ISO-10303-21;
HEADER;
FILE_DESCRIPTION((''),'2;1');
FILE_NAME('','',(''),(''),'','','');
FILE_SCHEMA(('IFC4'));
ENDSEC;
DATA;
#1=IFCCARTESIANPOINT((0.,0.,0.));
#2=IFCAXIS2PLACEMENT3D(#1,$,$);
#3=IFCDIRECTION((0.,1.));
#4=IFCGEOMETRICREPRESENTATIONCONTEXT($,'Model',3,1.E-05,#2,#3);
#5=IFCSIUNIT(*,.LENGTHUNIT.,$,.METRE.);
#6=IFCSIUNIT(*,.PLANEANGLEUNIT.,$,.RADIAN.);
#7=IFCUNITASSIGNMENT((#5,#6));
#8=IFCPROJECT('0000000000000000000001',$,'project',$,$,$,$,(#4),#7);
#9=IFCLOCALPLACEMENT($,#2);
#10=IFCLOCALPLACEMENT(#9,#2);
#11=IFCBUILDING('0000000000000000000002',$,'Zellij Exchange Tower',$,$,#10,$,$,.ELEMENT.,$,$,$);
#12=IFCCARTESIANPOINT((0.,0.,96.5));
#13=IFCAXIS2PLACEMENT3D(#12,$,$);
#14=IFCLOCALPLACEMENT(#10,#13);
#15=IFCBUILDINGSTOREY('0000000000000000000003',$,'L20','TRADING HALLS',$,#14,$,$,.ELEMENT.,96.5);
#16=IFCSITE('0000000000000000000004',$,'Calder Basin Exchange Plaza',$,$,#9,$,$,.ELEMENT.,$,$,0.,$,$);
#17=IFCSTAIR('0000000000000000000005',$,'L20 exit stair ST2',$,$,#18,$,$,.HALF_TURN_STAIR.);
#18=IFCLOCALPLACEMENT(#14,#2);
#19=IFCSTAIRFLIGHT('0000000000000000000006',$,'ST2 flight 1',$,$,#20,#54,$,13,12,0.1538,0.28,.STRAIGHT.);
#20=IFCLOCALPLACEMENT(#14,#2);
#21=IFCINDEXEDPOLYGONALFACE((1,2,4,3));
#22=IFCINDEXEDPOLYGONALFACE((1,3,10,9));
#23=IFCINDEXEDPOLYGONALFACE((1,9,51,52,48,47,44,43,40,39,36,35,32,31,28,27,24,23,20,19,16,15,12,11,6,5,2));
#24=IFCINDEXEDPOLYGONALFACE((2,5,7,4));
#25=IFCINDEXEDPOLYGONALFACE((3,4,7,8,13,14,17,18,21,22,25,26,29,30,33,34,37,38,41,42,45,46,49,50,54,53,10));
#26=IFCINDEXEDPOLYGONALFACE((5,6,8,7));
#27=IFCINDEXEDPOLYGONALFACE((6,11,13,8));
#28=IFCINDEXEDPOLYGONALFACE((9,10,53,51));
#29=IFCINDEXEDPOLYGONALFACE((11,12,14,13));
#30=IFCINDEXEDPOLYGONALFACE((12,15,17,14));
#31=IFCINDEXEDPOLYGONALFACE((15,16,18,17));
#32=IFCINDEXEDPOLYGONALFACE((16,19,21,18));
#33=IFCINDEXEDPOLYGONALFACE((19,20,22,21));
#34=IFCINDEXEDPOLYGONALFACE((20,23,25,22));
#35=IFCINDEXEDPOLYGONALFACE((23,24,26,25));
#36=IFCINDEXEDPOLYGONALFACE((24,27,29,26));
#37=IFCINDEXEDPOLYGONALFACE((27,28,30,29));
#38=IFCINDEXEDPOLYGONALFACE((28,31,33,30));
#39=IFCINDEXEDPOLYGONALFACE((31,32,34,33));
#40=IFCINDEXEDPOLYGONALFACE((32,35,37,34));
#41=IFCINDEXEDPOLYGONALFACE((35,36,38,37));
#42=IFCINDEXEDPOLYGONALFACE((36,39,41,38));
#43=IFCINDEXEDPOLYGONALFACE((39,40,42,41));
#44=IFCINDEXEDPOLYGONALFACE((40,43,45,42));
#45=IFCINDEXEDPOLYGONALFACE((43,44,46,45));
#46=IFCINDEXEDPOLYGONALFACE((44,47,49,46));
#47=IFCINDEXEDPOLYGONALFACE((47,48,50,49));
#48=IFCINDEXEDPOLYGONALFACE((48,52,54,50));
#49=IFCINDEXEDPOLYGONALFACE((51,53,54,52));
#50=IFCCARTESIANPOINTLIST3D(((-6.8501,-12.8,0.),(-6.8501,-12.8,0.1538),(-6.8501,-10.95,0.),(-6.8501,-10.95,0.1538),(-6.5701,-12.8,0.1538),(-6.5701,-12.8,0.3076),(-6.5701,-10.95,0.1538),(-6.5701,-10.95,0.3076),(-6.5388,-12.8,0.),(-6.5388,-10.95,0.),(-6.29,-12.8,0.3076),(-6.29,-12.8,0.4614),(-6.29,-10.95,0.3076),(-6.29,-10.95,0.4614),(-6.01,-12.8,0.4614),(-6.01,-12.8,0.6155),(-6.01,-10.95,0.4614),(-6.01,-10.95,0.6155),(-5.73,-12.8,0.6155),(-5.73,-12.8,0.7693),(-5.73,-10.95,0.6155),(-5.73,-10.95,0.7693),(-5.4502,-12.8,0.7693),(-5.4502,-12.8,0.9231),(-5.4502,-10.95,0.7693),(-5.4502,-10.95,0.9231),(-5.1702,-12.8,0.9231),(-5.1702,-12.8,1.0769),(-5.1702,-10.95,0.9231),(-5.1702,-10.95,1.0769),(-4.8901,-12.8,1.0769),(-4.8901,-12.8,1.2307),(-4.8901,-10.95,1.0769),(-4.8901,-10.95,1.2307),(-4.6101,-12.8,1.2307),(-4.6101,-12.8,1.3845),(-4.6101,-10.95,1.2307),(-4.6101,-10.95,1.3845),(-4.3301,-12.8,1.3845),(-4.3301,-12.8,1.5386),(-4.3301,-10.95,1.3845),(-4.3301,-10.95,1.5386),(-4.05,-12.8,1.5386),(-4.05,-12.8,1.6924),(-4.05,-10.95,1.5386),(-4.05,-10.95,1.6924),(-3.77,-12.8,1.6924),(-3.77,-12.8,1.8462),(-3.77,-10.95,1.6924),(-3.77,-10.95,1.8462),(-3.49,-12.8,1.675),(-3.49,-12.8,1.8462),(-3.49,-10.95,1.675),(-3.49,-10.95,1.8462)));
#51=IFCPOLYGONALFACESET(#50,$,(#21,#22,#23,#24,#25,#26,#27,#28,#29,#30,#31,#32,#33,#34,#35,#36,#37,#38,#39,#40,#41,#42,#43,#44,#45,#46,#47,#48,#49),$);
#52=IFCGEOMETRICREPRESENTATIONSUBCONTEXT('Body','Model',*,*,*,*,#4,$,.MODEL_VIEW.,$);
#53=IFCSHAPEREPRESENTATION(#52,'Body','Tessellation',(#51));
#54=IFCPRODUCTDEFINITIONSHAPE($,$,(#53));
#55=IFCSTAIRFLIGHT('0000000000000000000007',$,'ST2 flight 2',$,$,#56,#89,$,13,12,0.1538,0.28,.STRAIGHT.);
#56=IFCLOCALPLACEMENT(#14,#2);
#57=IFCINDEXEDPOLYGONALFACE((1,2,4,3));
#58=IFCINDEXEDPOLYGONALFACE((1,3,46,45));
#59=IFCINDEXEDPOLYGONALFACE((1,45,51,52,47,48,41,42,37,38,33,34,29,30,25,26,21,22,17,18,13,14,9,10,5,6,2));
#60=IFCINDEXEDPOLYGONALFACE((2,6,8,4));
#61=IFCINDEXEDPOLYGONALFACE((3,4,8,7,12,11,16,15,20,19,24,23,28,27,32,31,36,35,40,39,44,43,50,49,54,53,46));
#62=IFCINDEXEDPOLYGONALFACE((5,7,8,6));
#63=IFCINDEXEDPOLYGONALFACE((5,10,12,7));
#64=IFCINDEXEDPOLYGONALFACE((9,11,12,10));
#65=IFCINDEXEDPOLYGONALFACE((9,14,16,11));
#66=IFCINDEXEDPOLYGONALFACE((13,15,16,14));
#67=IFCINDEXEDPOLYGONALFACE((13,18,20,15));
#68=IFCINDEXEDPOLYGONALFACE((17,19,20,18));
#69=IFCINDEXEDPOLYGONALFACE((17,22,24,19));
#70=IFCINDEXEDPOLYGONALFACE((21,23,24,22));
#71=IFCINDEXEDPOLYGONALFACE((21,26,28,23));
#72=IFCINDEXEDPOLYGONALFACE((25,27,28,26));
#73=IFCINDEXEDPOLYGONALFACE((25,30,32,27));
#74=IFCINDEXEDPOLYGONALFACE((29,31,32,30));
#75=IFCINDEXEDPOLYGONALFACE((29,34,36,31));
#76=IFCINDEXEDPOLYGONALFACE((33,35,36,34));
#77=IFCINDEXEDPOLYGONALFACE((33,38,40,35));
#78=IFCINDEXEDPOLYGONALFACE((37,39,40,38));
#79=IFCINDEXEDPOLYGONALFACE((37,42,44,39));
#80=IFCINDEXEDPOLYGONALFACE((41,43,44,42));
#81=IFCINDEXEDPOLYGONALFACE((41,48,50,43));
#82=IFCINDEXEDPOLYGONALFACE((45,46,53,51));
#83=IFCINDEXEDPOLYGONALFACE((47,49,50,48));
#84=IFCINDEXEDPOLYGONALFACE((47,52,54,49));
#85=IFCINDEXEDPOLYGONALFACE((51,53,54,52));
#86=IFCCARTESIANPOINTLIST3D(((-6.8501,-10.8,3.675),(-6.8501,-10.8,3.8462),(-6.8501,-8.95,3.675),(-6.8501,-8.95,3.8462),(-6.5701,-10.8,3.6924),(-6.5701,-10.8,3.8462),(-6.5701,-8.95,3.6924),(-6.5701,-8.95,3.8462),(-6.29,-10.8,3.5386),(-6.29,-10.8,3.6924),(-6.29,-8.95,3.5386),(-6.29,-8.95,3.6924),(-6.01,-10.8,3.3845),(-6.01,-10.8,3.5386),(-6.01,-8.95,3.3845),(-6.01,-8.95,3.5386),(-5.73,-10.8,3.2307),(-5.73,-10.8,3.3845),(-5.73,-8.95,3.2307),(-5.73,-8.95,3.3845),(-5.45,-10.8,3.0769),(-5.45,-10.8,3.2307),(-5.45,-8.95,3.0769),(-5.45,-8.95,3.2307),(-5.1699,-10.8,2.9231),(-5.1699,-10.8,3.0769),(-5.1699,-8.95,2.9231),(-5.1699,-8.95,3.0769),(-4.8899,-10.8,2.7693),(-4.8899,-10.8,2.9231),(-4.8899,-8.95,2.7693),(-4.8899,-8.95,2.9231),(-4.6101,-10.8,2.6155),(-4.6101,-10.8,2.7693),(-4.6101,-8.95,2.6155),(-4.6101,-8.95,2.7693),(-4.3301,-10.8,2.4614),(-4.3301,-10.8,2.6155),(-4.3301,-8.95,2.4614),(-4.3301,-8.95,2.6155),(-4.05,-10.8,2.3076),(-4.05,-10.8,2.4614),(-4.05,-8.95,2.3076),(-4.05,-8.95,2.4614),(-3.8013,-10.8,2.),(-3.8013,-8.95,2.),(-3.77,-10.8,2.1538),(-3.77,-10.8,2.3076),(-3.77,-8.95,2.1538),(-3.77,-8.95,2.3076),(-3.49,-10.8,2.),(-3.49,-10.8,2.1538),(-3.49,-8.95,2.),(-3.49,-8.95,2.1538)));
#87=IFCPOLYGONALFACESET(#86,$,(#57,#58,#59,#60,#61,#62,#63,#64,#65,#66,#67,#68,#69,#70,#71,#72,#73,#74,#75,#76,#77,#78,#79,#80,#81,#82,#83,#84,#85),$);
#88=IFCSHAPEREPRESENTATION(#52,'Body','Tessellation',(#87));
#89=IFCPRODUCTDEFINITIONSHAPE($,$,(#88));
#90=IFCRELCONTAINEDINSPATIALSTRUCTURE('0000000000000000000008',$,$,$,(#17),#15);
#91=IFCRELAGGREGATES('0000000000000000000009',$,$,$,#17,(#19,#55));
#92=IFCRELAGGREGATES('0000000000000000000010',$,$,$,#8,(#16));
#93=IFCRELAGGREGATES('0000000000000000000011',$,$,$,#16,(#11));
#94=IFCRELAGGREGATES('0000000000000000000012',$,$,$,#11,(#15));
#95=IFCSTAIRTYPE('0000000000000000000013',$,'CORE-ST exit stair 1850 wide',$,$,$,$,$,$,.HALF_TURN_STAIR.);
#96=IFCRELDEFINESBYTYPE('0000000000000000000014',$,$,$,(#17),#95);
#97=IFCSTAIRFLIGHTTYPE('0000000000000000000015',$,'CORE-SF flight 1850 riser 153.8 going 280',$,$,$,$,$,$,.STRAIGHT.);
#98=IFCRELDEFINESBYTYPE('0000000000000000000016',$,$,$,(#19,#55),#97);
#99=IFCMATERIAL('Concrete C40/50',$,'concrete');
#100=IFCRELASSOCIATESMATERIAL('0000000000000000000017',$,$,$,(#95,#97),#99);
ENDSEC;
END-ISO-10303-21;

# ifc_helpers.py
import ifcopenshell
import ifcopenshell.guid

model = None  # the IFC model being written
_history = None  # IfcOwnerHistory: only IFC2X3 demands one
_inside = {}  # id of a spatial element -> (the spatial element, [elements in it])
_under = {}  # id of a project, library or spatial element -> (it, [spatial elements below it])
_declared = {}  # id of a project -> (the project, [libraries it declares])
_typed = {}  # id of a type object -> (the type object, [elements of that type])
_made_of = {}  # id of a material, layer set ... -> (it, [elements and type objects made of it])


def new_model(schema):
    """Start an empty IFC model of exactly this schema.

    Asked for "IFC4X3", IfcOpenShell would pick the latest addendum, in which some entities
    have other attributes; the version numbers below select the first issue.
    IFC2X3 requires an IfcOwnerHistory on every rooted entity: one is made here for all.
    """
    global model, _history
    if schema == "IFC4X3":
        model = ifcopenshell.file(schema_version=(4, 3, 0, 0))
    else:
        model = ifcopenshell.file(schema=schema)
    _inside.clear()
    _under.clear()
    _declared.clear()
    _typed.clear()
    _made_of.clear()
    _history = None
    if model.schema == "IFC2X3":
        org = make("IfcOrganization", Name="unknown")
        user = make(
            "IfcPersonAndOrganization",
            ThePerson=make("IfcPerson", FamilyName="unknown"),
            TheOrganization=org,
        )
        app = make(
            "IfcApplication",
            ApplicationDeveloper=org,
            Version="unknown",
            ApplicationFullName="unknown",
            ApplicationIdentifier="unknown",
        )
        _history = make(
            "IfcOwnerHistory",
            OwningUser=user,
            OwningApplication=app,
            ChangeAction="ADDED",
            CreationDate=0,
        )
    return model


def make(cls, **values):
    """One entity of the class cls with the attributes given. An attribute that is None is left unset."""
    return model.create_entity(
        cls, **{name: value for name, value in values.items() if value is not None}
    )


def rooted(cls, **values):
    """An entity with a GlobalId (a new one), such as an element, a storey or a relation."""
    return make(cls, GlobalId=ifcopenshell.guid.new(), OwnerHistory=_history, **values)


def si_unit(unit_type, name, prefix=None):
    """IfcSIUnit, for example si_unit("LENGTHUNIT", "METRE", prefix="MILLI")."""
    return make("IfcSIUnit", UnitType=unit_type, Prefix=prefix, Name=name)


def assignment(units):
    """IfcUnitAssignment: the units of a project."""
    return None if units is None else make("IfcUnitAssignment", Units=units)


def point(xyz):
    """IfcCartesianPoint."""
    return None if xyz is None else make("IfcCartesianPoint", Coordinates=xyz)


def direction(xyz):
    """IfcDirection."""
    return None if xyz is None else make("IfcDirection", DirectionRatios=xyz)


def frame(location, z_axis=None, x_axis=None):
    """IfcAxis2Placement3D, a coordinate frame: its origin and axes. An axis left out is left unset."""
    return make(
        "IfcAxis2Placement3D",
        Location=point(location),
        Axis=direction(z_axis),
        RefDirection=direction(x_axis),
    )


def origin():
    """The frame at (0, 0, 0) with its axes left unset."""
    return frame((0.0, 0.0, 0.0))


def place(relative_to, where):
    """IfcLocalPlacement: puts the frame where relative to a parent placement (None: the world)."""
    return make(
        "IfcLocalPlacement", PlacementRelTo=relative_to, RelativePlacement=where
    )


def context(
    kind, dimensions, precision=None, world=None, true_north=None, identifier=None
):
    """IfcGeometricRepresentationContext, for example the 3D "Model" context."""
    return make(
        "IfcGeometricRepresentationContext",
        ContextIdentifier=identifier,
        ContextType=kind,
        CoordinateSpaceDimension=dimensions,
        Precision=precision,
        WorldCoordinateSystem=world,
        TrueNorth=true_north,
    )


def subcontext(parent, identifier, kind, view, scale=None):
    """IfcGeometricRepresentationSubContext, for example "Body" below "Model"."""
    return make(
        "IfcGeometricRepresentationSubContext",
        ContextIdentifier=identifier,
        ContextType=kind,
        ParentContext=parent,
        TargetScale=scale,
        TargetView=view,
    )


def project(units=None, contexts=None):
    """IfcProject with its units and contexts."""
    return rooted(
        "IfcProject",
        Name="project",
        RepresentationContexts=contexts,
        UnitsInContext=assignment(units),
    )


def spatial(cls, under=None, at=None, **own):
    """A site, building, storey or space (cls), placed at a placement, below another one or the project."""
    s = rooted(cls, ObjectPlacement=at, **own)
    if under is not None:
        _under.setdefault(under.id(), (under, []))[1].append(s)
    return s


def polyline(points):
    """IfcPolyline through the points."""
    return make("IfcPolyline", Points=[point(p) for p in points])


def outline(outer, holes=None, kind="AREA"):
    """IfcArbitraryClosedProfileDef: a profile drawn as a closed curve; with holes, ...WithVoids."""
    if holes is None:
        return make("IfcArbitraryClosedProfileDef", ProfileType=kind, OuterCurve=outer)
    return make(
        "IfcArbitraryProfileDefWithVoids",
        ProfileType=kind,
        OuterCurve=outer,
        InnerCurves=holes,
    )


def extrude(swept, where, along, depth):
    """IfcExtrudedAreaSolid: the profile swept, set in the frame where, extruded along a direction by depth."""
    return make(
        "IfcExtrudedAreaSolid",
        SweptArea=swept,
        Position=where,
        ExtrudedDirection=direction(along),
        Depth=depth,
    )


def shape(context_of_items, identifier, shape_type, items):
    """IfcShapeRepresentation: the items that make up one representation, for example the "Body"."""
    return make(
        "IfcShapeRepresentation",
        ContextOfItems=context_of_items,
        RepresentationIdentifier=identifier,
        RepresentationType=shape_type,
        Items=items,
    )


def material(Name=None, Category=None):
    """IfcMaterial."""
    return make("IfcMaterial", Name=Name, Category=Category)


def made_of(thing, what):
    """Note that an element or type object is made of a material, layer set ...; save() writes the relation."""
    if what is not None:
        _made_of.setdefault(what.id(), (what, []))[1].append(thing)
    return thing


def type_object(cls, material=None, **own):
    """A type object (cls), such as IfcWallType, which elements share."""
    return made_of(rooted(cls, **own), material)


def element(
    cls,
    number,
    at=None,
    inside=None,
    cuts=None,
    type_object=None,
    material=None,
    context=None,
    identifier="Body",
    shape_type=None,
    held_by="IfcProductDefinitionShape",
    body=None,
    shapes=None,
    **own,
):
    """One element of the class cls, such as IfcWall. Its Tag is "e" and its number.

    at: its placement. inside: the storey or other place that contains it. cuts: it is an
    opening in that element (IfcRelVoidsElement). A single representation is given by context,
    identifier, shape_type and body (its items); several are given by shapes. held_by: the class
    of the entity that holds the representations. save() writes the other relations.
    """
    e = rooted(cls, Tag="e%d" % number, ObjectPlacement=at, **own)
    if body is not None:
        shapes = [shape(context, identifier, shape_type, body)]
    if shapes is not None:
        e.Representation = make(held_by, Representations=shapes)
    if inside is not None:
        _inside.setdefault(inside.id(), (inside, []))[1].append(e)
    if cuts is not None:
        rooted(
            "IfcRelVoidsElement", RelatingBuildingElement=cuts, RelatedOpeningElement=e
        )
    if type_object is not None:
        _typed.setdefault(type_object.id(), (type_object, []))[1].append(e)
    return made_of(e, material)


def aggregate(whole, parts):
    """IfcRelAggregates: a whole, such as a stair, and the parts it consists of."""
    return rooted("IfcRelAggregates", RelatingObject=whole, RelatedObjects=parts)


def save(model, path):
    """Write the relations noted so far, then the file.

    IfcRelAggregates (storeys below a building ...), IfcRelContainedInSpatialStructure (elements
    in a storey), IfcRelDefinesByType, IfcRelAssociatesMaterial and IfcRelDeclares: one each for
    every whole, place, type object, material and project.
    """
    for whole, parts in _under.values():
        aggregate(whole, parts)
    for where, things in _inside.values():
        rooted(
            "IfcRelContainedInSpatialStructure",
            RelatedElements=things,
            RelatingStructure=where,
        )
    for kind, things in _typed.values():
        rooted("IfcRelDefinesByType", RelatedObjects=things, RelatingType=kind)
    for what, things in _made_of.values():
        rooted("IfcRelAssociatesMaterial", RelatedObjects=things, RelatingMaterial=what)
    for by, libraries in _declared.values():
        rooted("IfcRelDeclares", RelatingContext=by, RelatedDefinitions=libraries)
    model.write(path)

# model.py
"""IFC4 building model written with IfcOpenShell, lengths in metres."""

from ifc_helpers import new_model, si_unit, direction, frame, origin, place, context, subcontext, project, spatial, polyline, outline, extrude, material, type_object, element, aggregate, save


model = new_model("IFC4")

# Units and contexts
model_context = context("Model", 3, precision=1e-05, world=origin(), true_north=direction((0.0, 1.0)))
body_context = subcontext(model_context, "Body", "Model", "MODEL_VIEW")
ifc_project = project(units=[si_unit("LENGTHUNIT", "METRE"), si_unit("PLANEANGLEUNIT", "RADIAN")], contexts=[model_context])

# Site, building, storey
site_placement = place(None, origin())
site = spatial("IfcSite", under=ifc_project, at=site_placement, Name="Calder Basin Exchange Plaza", CompositionType="ELEMENT", RefElevation=0.0)
building_placement = place(site_placement, origin())
building = spatial("IfcBuilding", under=site, at=building_placement, Name="Zellij Exchange Tower", CompositionType="ELEMENT")
storey_placement = place(building_placement, frame((0.0, 0.0, 96.5)))
storey = spatial("IfcBuildingStorey", under=building, at=storey_placement, Name="L20", Description="TRADING HALLS", CompositionType="ELEMENT", Elevation=96.5)

# Stair, stair flights
ifc_material_1 = material(Name="Concrete C40/50", Category="concrete")
stair_type = type_object("IfcStairType", Name="CORE-ST exit stair 1850 wide", PredefinedType="HALF_TURN_STAIR", material=ifc_material_1)
stair_placement = place(storey_placement, origin())
stair = element("IfcStair", 1, at=stair_placement, inside=storey, type_object=stair_type, Name="L20 exit stair ST2", PredefinedType="HALF_TURN_STAIR")
stair_flight_type = type_object("IfcStairFlightType", Name="CORE-SF flight 1850 riser 153.8 going 280", PredefinedType="STRAIGHT", material=ifc_material_1)
stair_flight_1_placement = place(storey_placement, frame((-6.8501, -11.875, 0.0), z_axis=(0.0, 0.0, 1.0), x_axis=(1.0, 0.0, 0.0)))
stair_flight_1 = element("IfcStairFlight", 2, at=stair_flight_1_placement, type_object=stair_flight_type, Name="ST2 flight 1", NumberOfRisers=13, NumberOfTreads=12, PredefinedType="STRAIGHT", RiserHeight=0.1538, TreadLength=0.28, context=body_context, shape_type="SweptSolid", body=[
    extrude(outline(polyline([(0.0, 0.0), (0.0, 0.1538), (0.28, 0.1538), (0.28, 0.3076), (0.5601, 0.3076), (0.5601, 0.4614), (0.8401, 0.4614), (0.8401, 0.6155), (1.1201, 0.6155), (1.1201, 0.7693), (1.3999, 0.7693), (1.3999, 0.9231), (1.6799, 0.9231), (1.6799, 1.0769), (1.96, 1.0769), (1.96, 1.2307), (2.24, 1.2307), (2.24, 1.3845), (2.52, 1.3845), (2.52, 1.5386), (2.8, 1.5386), (2.8, 1.6924), (3.0801, 1.6924), (3.0801, 1.8462), (3.3601, 1.8462), (3.3601, 2.0), (3.3601, 1.675), (0.3113, 0.0), (0.0, 0.0)])), frame((0.0, 0.925, 0.0), z_axis=(0.0, -1.0, 0.0), x_axis=(1.0, 0.0, 0.0)), (0.0, 0.0, 1.0), 1.8501),
])
stair_flight_2_placement = place(storey_placement, frame((-3.49, -9.875, 2.0), z_axis=(0.0, 0.0, 1.0), x_axis=(-1.0, 0.0, 0.0)))
stair_flight_2 = element("IfcStairFlight", 3, at=stair_flight_2_placement, type_object=stair_flight_type, Name="ST2 flight 2", NumberOfRisers=13, NumberOfTreads=12, PredefinedType="STRAIGHT", RiserHeight=0.1538, TreadLength=0.28, context=body_context, shape_type="SweptSolid", body=[
    extrude(outline(polyline([(0.0, 0.0), (0.0, 0.1538), (0.28, 0.1538), (0.28, 0.3076), (0.5601, 0.3076), (0.5601, 0.4614), (0.8401, 0.4614), (0.8401, 0.6155), (1.1201, 0.6155), (1.1201, 0.7693), (1.3999, 0.7693), (1.3999, 0.9231), (1.6799, 0.9231), (1.6799, 1.0769), (1.96, 1.0769), (1.96, 1.2307), (2.24, 1.2307), (2.24, 1.3845), (2.52, 1.3845), (2.52, 1.5386), (2.8, 1.5386), (2.8, 1.6924), (3.0801, 1.6924), (3.0801, 1.8462), (3.3601, 1.8462), (3.3601, 2.0), (3.3601, 1.675), (0.3113, 0.0), (0.0, 0.0)])), frame((0.0, 0.925, 0.0), z_axis=(0.0, -1.0, 0.0), x_axis=(1.0, 0.0, 0.0)), (0.0, 0.0, 1.0), 1.8501),
])
aggregate(stair, [stair_flight_1, stair_flight_2])

save(model, "model.ifc")
